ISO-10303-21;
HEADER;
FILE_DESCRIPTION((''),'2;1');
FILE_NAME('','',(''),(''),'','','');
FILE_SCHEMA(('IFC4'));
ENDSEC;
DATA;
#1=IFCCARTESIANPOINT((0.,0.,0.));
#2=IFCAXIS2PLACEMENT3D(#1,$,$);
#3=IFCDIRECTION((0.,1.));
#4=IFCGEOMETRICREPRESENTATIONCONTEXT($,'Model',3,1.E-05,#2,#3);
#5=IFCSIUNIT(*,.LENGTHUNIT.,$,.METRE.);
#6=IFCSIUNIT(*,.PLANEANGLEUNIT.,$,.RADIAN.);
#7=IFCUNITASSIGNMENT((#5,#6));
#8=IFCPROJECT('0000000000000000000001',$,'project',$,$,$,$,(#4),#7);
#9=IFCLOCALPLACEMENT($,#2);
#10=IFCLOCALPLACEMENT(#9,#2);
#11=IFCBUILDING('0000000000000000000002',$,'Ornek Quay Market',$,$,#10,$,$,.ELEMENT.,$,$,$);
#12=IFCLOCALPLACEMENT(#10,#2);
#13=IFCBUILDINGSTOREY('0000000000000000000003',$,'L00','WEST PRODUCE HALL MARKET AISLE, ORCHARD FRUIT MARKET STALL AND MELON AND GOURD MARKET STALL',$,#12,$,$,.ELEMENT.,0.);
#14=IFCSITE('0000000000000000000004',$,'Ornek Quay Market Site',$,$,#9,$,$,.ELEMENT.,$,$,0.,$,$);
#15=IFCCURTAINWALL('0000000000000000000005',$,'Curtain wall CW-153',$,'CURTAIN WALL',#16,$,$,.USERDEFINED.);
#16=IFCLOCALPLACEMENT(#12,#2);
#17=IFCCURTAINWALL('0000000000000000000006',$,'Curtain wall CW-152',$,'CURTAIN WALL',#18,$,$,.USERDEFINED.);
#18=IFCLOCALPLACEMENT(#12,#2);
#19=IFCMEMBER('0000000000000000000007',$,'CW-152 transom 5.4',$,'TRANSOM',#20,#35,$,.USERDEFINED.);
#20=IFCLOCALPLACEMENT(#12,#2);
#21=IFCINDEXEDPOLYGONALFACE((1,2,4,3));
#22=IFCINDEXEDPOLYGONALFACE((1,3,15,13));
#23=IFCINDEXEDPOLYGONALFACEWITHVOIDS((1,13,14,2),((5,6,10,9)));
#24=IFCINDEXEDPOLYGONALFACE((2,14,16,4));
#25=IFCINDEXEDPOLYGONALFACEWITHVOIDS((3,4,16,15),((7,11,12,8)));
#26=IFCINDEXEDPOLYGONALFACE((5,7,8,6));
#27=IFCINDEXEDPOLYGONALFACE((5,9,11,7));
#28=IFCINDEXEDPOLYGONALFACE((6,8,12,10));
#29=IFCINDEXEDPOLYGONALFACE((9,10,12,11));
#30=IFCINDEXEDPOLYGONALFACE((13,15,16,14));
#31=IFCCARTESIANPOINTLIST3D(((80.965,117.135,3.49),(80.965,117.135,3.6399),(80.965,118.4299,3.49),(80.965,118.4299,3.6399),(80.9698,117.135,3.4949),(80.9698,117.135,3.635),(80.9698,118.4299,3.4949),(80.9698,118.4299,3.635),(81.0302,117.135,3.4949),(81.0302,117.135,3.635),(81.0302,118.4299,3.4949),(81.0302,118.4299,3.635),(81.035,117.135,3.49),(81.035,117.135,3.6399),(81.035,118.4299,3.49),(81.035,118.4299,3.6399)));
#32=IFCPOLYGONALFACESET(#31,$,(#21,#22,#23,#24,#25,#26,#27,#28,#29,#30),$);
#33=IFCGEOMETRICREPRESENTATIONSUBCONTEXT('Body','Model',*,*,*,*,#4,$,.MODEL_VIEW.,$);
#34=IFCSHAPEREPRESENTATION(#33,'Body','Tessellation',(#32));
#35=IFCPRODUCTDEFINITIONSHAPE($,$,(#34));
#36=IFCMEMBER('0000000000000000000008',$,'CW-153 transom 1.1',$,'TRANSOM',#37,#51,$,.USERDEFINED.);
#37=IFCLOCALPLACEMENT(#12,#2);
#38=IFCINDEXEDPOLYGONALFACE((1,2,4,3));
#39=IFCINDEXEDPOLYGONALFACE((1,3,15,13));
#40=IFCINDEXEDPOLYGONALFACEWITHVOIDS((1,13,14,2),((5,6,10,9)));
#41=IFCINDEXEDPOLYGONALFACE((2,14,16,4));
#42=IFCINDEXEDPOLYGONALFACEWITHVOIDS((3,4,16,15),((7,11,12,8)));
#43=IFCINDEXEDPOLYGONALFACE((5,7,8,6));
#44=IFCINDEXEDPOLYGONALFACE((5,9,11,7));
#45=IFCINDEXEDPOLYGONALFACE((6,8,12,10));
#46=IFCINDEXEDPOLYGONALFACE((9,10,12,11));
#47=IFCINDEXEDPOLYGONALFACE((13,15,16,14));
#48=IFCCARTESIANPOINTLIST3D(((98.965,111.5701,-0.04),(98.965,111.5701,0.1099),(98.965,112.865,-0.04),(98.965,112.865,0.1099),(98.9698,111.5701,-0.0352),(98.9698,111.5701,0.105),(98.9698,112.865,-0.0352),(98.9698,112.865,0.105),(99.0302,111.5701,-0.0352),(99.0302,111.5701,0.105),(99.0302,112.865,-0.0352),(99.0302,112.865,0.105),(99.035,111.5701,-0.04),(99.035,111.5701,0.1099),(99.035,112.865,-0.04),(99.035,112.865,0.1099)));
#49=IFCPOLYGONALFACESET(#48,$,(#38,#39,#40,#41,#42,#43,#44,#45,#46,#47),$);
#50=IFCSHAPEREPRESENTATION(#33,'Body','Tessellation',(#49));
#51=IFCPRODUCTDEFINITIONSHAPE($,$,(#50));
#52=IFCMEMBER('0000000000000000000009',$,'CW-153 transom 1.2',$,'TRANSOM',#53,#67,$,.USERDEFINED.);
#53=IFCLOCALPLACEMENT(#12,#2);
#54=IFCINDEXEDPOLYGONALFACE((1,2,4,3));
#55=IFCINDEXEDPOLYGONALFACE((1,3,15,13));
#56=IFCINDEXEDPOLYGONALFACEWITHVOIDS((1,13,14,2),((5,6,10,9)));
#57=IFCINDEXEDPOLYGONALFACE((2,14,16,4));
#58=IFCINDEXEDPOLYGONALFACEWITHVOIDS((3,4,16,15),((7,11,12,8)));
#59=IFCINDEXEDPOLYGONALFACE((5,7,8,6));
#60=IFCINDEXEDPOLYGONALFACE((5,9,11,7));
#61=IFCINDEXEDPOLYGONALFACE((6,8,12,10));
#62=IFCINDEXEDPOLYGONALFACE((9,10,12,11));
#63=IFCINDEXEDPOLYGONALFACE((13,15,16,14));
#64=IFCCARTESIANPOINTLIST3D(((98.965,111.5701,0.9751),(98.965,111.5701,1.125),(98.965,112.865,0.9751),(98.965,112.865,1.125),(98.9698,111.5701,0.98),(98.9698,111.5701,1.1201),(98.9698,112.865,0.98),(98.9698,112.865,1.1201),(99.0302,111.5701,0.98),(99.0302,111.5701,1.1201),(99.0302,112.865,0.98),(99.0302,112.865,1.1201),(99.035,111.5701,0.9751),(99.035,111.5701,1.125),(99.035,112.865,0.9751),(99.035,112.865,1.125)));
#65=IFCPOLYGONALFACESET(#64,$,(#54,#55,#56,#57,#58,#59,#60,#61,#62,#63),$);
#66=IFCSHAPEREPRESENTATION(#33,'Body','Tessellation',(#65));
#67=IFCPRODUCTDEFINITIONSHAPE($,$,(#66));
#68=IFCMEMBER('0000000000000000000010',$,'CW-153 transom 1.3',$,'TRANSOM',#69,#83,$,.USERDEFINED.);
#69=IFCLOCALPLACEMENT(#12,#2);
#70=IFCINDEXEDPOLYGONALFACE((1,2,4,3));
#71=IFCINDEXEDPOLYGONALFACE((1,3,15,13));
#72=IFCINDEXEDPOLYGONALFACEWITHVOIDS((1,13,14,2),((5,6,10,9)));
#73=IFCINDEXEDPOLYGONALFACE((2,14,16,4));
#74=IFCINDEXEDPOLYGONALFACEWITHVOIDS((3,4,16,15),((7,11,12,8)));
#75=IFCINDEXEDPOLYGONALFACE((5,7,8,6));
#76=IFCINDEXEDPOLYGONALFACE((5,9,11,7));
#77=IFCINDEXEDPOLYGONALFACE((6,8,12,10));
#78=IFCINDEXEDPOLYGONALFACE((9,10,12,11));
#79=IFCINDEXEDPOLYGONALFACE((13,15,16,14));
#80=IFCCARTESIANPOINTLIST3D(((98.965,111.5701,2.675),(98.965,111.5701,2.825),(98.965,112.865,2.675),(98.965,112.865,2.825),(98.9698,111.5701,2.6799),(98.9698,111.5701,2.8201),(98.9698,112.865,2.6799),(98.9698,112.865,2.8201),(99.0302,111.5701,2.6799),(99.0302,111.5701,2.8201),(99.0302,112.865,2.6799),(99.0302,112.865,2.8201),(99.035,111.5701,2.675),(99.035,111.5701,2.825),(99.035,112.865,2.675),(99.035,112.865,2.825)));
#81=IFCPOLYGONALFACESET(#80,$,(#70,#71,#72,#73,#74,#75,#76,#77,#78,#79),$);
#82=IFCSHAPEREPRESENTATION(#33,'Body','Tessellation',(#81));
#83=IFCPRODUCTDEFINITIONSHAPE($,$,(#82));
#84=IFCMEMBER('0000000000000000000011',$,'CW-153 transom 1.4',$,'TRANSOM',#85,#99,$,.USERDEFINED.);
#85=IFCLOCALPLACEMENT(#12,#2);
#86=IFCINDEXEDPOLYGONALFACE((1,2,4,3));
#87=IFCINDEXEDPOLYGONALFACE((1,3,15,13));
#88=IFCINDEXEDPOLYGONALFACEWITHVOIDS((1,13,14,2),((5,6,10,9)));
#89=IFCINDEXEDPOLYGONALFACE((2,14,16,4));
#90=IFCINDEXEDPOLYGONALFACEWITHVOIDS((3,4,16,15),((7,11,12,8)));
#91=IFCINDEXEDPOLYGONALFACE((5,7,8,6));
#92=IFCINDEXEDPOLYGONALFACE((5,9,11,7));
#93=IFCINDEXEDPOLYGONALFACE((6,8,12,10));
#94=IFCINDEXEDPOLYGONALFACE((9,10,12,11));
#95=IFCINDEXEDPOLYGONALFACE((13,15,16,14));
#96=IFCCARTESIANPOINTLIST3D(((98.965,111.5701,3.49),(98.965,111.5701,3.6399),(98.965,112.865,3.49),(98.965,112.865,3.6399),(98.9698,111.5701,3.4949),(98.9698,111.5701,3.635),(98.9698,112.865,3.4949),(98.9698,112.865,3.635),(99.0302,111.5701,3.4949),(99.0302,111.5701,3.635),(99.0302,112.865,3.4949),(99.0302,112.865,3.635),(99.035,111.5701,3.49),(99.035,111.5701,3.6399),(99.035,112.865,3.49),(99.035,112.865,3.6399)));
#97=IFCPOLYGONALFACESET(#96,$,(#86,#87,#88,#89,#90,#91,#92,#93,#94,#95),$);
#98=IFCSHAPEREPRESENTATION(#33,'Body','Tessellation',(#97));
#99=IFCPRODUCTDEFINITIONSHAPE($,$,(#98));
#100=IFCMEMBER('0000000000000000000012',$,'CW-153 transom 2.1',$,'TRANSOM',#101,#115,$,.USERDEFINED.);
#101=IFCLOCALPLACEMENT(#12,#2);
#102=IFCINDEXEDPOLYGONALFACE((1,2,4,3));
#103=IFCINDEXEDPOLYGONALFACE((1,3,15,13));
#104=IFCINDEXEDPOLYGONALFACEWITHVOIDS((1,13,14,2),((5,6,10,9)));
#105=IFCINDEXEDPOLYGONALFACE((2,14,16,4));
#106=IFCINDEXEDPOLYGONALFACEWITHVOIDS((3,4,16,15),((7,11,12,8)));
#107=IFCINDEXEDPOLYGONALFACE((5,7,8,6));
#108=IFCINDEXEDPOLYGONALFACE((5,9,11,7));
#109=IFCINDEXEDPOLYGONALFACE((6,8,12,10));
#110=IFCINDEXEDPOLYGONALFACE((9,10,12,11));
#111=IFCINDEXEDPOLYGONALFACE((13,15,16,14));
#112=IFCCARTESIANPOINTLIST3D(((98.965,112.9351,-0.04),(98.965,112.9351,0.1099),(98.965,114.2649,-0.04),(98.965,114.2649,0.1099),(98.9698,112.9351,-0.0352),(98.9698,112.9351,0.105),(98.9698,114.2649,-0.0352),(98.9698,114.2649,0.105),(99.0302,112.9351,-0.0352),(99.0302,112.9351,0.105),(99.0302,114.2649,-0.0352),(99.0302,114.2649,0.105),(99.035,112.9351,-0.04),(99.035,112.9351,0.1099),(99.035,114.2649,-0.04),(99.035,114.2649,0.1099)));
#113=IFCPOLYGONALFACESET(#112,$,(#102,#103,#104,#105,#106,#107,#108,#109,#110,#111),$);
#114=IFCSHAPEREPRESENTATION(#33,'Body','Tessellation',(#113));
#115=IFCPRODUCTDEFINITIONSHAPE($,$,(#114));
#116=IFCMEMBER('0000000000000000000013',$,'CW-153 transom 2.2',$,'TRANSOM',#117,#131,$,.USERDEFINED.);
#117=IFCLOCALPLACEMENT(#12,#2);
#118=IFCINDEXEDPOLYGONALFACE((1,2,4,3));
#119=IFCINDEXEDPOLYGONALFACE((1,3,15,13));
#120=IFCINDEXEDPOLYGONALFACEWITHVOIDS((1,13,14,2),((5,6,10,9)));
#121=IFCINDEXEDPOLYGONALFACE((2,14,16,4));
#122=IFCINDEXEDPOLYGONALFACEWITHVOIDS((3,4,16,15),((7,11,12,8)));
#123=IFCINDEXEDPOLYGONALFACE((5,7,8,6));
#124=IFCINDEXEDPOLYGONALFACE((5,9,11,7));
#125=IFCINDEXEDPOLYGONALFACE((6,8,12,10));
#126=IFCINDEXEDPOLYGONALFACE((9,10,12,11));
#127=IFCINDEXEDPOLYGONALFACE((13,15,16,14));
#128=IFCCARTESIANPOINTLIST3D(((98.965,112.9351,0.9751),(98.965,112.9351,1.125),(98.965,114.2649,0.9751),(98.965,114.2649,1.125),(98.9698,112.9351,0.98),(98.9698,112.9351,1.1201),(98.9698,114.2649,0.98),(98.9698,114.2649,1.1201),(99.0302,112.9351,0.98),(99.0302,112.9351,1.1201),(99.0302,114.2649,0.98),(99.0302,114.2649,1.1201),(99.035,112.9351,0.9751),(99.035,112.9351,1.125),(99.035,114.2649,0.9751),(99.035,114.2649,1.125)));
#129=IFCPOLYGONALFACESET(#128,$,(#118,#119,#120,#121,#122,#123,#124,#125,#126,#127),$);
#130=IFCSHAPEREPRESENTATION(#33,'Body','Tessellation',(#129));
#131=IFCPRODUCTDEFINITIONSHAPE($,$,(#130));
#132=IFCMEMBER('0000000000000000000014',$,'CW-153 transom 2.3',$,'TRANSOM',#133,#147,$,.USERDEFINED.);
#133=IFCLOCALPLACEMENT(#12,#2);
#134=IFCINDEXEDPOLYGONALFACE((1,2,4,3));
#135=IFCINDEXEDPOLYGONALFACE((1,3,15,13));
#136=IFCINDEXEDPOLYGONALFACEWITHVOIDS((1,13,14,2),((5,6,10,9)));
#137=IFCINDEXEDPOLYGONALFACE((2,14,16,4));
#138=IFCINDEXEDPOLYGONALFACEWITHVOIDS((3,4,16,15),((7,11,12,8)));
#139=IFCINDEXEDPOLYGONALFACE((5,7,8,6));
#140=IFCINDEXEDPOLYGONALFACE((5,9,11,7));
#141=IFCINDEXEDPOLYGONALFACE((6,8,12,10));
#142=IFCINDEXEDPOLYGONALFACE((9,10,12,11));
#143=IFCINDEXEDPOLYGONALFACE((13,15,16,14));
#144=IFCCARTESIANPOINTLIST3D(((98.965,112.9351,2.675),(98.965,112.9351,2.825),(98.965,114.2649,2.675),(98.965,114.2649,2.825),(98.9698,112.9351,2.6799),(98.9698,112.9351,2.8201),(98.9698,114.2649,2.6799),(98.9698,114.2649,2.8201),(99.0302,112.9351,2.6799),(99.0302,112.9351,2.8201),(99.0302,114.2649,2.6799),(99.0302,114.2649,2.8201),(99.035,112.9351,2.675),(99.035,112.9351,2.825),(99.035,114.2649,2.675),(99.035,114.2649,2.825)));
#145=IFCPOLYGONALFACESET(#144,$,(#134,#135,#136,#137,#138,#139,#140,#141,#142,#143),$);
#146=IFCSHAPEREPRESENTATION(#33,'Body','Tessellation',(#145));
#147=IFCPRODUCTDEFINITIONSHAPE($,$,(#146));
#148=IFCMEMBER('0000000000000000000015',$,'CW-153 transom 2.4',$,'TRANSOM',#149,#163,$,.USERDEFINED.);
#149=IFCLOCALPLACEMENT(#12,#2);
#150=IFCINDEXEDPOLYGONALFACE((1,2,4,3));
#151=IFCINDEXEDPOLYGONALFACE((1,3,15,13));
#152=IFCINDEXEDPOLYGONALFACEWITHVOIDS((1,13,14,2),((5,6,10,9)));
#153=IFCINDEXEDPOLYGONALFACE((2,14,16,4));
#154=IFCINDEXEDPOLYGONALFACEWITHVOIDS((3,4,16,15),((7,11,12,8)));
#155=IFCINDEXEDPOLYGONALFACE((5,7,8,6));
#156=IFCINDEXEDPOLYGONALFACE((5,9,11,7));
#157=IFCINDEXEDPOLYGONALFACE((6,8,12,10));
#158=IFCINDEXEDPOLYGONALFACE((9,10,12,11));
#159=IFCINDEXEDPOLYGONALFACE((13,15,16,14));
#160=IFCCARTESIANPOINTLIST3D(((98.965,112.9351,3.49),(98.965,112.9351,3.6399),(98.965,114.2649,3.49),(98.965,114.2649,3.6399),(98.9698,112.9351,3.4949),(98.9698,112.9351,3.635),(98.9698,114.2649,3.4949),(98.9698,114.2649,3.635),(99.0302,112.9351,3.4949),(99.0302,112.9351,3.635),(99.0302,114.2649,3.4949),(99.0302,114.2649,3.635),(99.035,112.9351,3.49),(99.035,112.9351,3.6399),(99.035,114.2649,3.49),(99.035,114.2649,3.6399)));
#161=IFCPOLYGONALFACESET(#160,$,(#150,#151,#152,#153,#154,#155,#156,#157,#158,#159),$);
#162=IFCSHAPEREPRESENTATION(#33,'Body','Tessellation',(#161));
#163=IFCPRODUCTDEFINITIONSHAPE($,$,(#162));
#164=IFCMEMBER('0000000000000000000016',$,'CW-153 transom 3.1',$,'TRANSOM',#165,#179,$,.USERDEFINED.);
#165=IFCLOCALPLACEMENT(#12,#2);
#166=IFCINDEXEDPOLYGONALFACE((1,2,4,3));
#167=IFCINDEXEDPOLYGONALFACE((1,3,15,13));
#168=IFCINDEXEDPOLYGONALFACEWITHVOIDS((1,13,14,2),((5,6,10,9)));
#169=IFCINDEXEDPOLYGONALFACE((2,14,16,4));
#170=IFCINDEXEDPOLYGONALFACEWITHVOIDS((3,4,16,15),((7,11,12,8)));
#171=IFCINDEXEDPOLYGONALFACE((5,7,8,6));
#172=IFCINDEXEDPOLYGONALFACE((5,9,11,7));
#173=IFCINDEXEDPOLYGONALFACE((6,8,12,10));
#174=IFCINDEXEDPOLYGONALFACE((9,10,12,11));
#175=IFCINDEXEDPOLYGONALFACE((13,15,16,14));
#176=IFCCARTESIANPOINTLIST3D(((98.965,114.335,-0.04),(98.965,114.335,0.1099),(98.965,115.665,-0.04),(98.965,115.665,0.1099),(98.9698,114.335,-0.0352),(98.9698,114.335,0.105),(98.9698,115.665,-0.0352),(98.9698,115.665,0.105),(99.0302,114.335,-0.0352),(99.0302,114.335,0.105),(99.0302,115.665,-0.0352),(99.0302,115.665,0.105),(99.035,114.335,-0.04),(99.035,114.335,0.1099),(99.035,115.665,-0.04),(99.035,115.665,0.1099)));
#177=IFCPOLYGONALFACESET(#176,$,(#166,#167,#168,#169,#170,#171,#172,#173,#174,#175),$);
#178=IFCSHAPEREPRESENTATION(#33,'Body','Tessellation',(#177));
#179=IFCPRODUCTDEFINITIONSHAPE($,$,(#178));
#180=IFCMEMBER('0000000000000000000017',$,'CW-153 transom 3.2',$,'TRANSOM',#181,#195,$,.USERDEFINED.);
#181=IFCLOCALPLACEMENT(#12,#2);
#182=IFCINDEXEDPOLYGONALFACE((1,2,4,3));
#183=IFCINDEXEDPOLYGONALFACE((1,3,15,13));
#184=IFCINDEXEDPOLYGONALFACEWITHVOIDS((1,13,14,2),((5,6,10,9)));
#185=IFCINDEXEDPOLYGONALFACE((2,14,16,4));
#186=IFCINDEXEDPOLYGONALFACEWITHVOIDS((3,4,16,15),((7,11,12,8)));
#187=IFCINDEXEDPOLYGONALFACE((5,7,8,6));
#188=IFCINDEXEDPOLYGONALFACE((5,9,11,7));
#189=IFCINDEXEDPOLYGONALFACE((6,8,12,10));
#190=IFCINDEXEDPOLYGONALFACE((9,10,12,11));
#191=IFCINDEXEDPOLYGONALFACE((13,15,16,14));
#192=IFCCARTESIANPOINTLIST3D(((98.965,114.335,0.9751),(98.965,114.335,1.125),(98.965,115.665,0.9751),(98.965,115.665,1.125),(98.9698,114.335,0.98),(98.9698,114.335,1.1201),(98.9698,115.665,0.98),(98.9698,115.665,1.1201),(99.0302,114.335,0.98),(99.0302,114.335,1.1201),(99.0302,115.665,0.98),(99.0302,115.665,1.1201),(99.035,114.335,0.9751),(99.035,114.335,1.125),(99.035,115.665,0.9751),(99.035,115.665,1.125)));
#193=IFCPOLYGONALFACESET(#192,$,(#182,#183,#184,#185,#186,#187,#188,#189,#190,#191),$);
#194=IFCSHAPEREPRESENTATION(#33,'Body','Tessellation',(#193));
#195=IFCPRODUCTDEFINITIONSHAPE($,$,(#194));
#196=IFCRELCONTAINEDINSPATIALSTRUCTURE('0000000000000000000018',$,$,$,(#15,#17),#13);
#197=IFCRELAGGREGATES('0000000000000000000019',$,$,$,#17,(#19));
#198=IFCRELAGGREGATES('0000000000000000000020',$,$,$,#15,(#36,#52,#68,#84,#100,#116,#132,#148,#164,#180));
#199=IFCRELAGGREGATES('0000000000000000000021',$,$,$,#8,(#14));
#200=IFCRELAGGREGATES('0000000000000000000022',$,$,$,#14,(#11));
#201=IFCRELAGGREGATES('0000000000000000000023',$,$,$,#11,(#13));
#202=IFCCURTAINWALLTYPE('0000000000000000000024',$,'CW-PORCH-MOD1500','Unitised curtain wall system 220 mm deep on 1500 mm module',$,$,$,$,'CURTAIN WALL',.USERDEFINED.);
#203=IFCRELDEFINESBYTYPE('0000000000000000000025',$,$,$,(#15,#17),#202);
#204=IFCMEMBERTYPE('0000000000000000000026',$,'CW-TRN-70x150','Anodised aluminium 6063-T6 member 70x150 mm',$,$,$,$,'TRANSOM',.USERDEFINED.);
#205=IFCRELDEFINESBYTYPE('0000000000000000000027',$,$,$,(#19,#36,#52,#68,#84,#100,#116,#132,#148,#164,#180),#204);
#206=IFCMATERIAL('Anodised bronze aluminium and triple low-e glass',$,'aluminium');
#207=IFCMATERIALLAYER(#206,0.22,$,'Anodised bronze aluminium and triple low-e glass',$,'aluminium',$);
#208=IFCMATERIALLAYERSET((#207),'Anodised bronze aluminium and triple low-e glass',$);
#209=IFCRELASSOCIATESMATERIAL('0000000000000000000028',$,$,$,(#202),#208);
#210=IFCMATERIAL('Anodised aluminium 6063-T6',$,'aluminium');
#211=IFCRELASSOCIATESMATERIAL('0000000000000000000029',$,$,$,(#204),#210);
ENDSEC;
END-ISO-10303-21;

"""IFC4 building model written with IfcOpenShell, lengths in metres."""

from ifc_helpers import new_model, si_unit, direction, frame, origin, origin_2d, place, context, subcontext, project, spatial, hollow_rectangle, extrude, material, layer, layer_set, material_profile, profile_set, type_object, element, aggregate, save


model = new_model("IFC4")

# Units and contexts
model_context = context("Model", 3, precision=1e-05, world=origin(), true_north=direction((0.0, 1.0)))
body_context = subcontext(model_context, "Body", "Model", "MODEL_VIEW")
ifc_project = project(units=[si_unit("LENGTHUNIT", "METRE"), si_unit("PLANEANGLEUNIT", "RADIAN")], contexts=[model_context])

# Site, building, storey
site_placement = place(None, origin())
site = spatial("IfcSite", under=ifc_project, at=site_placement, Name="Ornek Quay Market Site", CompositionType="ELEMENT", RefElevation=0.0)
building_placement = place(site_placement, origin())
building = spatial("IfcBuilding", under=site, at=building_placement, Name="Ornek Quay Market", CompositionType="ELEMENT")
storey_placement = place(building_placement, origin())
storey = spatial("IfcBuildingStorey", under=building, at=storey_placement, Name="L00", Description="WEST PRODUCE HALL MARKET AISLE, ORCHARD FRUIT MARKET STALL AND MELON AND GOURD MARKET STALL", CompositionType="ELEMENT", Elevation=0.0)

# Curtain walls, member
ifc_material_1 = material(Name="Anodised bronze aluminium and triple low-e glass", Category="aluminium")
ifc_layer_1 = layer(ifc_material_1, 0.22, Name="Anodised bronze aluminium and triple low-e glass", Category="aluminium")
ifc_layer_set_1 = layer_set([ifc_layer_1], Name="Anodised bronze aluminium and triple low-e glass")
curtain_wall_type = type_object("IfcCurtainWallType", Name="CW-PORCH-MOD1500", Description="Unitised curtain wall system 220 mm deep on 1500 mm module", ElementType="CURTAIN WALL", PredefinedType="USERDEFINED", material=ifc_layer_set_1)
curtain_wall_1_placement = place(storey_placement, origin())
curtain_wall_1 = element("IfcCurtainWall", 1, at=curtain_wall_1_placement, inside=storey, type_object=curtain_wall_type, Name="Curtain wall CW-153", ObjectType="CURTAIN WALL", PredefinedType="USERDEFINED")
ifc_material_2 = material(Name="Anodised aluminium 6063-T6", Category="aluminium")
curtain_wall_2_placement = place(storey_placement, origin())
curtain_wall_2 = element("IfcCurtainWall", 2, at=curtain_wall_2_placement, inside=storey, type_object=curtain_wall_type, Name="Curtain wall CW-152", ObjectType="CURTAIN WALL", PredefinedType="USERDEFINED")
ifc_material_profile_1 = material_profile(ifc_material_2, hollow_rectangle(XDim=0.0701, YDim=0.1499, WallThickness=0.0049, at=origin_2d()), Name="CW-TRN-70x150", Category="aluminium")
ifc_profile_set_1 = profile_set([ifc_material_profile_1], Name="Anodised aluminium 6063-T6")
member_type_1 = type_object("IfcMemberType", Name="CW-TRN-70x150", Description="Anodised aluminium 6063-T6 member 70x150 mm", ElementType="TRANSOM", PredefinedType="USERDEFINED", material=ifc_profile_set_1)
member_1_placement = place(storey_placement, frame((81.0, 117.135, 3.5649), z_axis=(0.0, 1.0, 0.0), x_axis=(-1.0, 0.0, 0.0)))
member_1 = element("IfcMember", 3, at=member_1_placement, type_object=member_type_1, Name="CW-152 transom 5.4", ObjectType="TRANSOM", PredefinedType="USERDEFINED", context=body_context, shape_type="SweptSolid", body=[
    extrude(hollow_rectangle(XDim=0.0701, YDim=0.1499, WallThickness=0.0049, at=origin_2d()), origin(), (0.0, 0.0, 1.0), 1.2949),
])

# Members
member_2_placement = place(storey_placement, frame((99.0, 111.5701, 0.0349), z_axis=(0.0, 1.0, 0.0), x_axis=(-1.0, 0.0, 0.0)))
member_2 = element("IfcMember", 4, at=member_2_placement, type_object=member_type_1, Name="CW-153 transom 1.1", ObjectType="TRANSOM", PredefinedType="USERDEFINED", context=body_context, shape_type="SweptSolid", body=[
    extrude(hollow_rectangle(XDim=0.0701, YDim=0.1499, WallThickness=0.0049, at=origin_2d()), origin(), (0.0, 0.0, 1.0), 1.2949),
])
member_3_placement = place(storey_placement, frame((99.0, 111.5701, 1.05), z_axis=(0.0, 1.0, 0.0), x_axis=(-1.0, 0.0, 0.0)))
member_3 = element("IfcMember", 5, at=member_3_placement, type_object=member_type_1, Name="CW-153 transom 1.2", ObjectType="TRANSOM", PredefinedType="USERDEFINED", context=body_context, shape_type="SweptSolid", body=[
    extrude(hollow_rectangle(XDim=0.0701, YDim=0.1499, WallThickness=0.0049, at=origin_2d()), origin(), (0.0, 0.0, 1.0), 1.2949),
])
member_4_placement = place(storey_placement, frame((99.0, 111.5701, 2.75), z_axis=(0.0, 1.0, 0.0), x_axis=(-1.0, 0.0, 0.0)))
member_4 = element("IfcMember", 6, at=member_4_placement, type_object=member_type_1, Name="CW-153 transom 1.3", ObjectType="TRANSOM", PredefinedType="USERDEFINED", context=body_context, shape_type="SweptSolid", body=[
    extrude(hollow_rectangle(XDim=0.0701, YDim=0.1499, WallThickness=0.0049, at=origin_2d()), origin(), (0.0, 0.0, 1.0), 1.2949),
])
member_5_placement = place(storey_placement, frame((99.0, 111.5701, 3.5649), z_axis=(0.0, 1.0, 0.0), x_axis=(-1.0, 0.0, 0.0)))
member_5 = element("IfcMember", 7, at=member_5_placement, type_object=member_type_1, Name="CW-153 transom 1.4", ObjectType="TRANSOM", PredefinedType="USERDEFINED", context=body_context, shape_type="SweptSolid", body=[
    extrude(hollow_rectangle(XDim=0.0701, YDim=0.1499, WallThickness=0.0049, at=origin_2d()), origin(), (0.0, 0.0, 1.0), 1.2949),
])
member_6_placement = place(storey_placement, frame((99.0, 112.9351, 0.0349), z_axis=(0.0, 1.0, 0.0), x_axis=(-1.0, 0.0, 0.0)))
member_6 = element("IfcMember", 8, at=member_6_placement, type_object=member_type_1, Name="CW-153 transom 2.1", ObjectType="TRANSOM", PredefinedType="USERDEFINED", context=body_context, shape_type="SweptSolid", body=[
    extrude(hollow_rectangle(XDim=0.0701, YDim=0.1499, WallThickness=0.0049, at=origin_2d()), origin(), (0.0, 0.0, 1.0), 1.3298),
])
member_7_placement = place(storey_placement, frame((99.0, 112.9351, 1.05), z_axis=(0.0, 1.0, 0.0), x_axis=(-1.0, 0.0, 0.0)))
member_7 = element("IfcMember", 9, at=member_7_placement, type_object=member_type_1, Name="CW-153 transom 2.2", ObjectType="TRANSOM", PredefinedType="USERDEFINED", context=body_context, shape_type="SweptSolid", body=[
    extrude(hollow_rectangle(XDim=0.0701, YDim=0.1499, WallThickness=0.0049, at=origin_2d()), origin(), (0.0, 0.0, 1.0), 1.3298),
])
member_8_placement = place(storey_placement, frame((99.0, 112.9351, 2.75), z_axis=(0.0, 1.0, 0.0), x_axis=(-1.0, 0.0, 0.0)))
member_8 = element("IfcMember", 10, at=member_8_placement, type_object=member_type_1, Name="CW-153 transom 2.3", ObjectType="TRANSOM", PredefinedType="USERDEFINED", context=body_context, shape_type="SweptSolid", body=[
    extrude(hollow_rectangle(XDim=0.0701, YDim=0.1499, WallThickness=0.0049, at=origin_2d()), origin(), (0.0, 0.0, 1.0), 1.3298),
])
member_9_placement = place(storey_placement, frame((99.0, 112.9351, 3.5649), z_axis=(0.0, 1.0, 0.0), x_axis=(-1.0, 0.0, 0.0)))
member_9 = element("IfcMember", 11, at=member_9_placement, type_object=member_type_1, Name="CW-153 transom 2.4", ObjectType="TRANSOM", PredefinedType="USERDEFINED", context=body_context, shape_type="SweptSolid", body=[
    extrude(hollow_rectangle(XDim=0.0701, YDim=0.1499, WallThickness=0.0049, at=origin_2d()), origin(), (0.0, 0.0, 1.0), 1.3298),
])
member_10_placement = place(storey_placement, frame((99.0, 114.335, 0.0349), z_axis=(0.0, 1.0, 0.0), x_axis=(-1.0, 0.0, 0.0)))
member_10 = element("IfcMember", 12, at=member_10_placement, type_object=member_type_1, Name="CW-153 transom 3.1", ObjectType="TRANSOM", PredefinedType="USERDEFINED", context=body_context, shape_type="SweptSolid", body=[
    extrude(hollow_rectangle(XDim=0.0701, YDim=0.1499, WallThickness=0.0049, at=origin_2d()), origin(), (0.0, 0.0, 1.0), 1.3301),
])
member_11_placement = place(storey_placement, frame((99.0, 114.335, 1.05), z_axis=(0.0, 1.0, 0.0), x_axis=(-1.0, 0.0, 0.0)))
member_11 = element("IfcMember", 13, at=member_11_placement, type_object=member_type_1, Name="CW-153 transom 3.2", ObjectType="TRANSOM", PredefinedType="USERDEFINED", context=body_context, shape_type="SweptSolid", body=[
    extrude(hollow_rectangle(XDim=0.0701, YDim=0.1499, WallThickness=0.0049, at=origin_2d()), origin(), (0.0, 0.0, 1.0), 1.3301),
])

aggregate(curtain_wall_2, [member_1])
aggregate(curtain_wall_1, [member_2, member_3, member_4, member_5, member_6, member_7, member_8, member_9, member_10, member_11])

save(model, "model.ifc")
